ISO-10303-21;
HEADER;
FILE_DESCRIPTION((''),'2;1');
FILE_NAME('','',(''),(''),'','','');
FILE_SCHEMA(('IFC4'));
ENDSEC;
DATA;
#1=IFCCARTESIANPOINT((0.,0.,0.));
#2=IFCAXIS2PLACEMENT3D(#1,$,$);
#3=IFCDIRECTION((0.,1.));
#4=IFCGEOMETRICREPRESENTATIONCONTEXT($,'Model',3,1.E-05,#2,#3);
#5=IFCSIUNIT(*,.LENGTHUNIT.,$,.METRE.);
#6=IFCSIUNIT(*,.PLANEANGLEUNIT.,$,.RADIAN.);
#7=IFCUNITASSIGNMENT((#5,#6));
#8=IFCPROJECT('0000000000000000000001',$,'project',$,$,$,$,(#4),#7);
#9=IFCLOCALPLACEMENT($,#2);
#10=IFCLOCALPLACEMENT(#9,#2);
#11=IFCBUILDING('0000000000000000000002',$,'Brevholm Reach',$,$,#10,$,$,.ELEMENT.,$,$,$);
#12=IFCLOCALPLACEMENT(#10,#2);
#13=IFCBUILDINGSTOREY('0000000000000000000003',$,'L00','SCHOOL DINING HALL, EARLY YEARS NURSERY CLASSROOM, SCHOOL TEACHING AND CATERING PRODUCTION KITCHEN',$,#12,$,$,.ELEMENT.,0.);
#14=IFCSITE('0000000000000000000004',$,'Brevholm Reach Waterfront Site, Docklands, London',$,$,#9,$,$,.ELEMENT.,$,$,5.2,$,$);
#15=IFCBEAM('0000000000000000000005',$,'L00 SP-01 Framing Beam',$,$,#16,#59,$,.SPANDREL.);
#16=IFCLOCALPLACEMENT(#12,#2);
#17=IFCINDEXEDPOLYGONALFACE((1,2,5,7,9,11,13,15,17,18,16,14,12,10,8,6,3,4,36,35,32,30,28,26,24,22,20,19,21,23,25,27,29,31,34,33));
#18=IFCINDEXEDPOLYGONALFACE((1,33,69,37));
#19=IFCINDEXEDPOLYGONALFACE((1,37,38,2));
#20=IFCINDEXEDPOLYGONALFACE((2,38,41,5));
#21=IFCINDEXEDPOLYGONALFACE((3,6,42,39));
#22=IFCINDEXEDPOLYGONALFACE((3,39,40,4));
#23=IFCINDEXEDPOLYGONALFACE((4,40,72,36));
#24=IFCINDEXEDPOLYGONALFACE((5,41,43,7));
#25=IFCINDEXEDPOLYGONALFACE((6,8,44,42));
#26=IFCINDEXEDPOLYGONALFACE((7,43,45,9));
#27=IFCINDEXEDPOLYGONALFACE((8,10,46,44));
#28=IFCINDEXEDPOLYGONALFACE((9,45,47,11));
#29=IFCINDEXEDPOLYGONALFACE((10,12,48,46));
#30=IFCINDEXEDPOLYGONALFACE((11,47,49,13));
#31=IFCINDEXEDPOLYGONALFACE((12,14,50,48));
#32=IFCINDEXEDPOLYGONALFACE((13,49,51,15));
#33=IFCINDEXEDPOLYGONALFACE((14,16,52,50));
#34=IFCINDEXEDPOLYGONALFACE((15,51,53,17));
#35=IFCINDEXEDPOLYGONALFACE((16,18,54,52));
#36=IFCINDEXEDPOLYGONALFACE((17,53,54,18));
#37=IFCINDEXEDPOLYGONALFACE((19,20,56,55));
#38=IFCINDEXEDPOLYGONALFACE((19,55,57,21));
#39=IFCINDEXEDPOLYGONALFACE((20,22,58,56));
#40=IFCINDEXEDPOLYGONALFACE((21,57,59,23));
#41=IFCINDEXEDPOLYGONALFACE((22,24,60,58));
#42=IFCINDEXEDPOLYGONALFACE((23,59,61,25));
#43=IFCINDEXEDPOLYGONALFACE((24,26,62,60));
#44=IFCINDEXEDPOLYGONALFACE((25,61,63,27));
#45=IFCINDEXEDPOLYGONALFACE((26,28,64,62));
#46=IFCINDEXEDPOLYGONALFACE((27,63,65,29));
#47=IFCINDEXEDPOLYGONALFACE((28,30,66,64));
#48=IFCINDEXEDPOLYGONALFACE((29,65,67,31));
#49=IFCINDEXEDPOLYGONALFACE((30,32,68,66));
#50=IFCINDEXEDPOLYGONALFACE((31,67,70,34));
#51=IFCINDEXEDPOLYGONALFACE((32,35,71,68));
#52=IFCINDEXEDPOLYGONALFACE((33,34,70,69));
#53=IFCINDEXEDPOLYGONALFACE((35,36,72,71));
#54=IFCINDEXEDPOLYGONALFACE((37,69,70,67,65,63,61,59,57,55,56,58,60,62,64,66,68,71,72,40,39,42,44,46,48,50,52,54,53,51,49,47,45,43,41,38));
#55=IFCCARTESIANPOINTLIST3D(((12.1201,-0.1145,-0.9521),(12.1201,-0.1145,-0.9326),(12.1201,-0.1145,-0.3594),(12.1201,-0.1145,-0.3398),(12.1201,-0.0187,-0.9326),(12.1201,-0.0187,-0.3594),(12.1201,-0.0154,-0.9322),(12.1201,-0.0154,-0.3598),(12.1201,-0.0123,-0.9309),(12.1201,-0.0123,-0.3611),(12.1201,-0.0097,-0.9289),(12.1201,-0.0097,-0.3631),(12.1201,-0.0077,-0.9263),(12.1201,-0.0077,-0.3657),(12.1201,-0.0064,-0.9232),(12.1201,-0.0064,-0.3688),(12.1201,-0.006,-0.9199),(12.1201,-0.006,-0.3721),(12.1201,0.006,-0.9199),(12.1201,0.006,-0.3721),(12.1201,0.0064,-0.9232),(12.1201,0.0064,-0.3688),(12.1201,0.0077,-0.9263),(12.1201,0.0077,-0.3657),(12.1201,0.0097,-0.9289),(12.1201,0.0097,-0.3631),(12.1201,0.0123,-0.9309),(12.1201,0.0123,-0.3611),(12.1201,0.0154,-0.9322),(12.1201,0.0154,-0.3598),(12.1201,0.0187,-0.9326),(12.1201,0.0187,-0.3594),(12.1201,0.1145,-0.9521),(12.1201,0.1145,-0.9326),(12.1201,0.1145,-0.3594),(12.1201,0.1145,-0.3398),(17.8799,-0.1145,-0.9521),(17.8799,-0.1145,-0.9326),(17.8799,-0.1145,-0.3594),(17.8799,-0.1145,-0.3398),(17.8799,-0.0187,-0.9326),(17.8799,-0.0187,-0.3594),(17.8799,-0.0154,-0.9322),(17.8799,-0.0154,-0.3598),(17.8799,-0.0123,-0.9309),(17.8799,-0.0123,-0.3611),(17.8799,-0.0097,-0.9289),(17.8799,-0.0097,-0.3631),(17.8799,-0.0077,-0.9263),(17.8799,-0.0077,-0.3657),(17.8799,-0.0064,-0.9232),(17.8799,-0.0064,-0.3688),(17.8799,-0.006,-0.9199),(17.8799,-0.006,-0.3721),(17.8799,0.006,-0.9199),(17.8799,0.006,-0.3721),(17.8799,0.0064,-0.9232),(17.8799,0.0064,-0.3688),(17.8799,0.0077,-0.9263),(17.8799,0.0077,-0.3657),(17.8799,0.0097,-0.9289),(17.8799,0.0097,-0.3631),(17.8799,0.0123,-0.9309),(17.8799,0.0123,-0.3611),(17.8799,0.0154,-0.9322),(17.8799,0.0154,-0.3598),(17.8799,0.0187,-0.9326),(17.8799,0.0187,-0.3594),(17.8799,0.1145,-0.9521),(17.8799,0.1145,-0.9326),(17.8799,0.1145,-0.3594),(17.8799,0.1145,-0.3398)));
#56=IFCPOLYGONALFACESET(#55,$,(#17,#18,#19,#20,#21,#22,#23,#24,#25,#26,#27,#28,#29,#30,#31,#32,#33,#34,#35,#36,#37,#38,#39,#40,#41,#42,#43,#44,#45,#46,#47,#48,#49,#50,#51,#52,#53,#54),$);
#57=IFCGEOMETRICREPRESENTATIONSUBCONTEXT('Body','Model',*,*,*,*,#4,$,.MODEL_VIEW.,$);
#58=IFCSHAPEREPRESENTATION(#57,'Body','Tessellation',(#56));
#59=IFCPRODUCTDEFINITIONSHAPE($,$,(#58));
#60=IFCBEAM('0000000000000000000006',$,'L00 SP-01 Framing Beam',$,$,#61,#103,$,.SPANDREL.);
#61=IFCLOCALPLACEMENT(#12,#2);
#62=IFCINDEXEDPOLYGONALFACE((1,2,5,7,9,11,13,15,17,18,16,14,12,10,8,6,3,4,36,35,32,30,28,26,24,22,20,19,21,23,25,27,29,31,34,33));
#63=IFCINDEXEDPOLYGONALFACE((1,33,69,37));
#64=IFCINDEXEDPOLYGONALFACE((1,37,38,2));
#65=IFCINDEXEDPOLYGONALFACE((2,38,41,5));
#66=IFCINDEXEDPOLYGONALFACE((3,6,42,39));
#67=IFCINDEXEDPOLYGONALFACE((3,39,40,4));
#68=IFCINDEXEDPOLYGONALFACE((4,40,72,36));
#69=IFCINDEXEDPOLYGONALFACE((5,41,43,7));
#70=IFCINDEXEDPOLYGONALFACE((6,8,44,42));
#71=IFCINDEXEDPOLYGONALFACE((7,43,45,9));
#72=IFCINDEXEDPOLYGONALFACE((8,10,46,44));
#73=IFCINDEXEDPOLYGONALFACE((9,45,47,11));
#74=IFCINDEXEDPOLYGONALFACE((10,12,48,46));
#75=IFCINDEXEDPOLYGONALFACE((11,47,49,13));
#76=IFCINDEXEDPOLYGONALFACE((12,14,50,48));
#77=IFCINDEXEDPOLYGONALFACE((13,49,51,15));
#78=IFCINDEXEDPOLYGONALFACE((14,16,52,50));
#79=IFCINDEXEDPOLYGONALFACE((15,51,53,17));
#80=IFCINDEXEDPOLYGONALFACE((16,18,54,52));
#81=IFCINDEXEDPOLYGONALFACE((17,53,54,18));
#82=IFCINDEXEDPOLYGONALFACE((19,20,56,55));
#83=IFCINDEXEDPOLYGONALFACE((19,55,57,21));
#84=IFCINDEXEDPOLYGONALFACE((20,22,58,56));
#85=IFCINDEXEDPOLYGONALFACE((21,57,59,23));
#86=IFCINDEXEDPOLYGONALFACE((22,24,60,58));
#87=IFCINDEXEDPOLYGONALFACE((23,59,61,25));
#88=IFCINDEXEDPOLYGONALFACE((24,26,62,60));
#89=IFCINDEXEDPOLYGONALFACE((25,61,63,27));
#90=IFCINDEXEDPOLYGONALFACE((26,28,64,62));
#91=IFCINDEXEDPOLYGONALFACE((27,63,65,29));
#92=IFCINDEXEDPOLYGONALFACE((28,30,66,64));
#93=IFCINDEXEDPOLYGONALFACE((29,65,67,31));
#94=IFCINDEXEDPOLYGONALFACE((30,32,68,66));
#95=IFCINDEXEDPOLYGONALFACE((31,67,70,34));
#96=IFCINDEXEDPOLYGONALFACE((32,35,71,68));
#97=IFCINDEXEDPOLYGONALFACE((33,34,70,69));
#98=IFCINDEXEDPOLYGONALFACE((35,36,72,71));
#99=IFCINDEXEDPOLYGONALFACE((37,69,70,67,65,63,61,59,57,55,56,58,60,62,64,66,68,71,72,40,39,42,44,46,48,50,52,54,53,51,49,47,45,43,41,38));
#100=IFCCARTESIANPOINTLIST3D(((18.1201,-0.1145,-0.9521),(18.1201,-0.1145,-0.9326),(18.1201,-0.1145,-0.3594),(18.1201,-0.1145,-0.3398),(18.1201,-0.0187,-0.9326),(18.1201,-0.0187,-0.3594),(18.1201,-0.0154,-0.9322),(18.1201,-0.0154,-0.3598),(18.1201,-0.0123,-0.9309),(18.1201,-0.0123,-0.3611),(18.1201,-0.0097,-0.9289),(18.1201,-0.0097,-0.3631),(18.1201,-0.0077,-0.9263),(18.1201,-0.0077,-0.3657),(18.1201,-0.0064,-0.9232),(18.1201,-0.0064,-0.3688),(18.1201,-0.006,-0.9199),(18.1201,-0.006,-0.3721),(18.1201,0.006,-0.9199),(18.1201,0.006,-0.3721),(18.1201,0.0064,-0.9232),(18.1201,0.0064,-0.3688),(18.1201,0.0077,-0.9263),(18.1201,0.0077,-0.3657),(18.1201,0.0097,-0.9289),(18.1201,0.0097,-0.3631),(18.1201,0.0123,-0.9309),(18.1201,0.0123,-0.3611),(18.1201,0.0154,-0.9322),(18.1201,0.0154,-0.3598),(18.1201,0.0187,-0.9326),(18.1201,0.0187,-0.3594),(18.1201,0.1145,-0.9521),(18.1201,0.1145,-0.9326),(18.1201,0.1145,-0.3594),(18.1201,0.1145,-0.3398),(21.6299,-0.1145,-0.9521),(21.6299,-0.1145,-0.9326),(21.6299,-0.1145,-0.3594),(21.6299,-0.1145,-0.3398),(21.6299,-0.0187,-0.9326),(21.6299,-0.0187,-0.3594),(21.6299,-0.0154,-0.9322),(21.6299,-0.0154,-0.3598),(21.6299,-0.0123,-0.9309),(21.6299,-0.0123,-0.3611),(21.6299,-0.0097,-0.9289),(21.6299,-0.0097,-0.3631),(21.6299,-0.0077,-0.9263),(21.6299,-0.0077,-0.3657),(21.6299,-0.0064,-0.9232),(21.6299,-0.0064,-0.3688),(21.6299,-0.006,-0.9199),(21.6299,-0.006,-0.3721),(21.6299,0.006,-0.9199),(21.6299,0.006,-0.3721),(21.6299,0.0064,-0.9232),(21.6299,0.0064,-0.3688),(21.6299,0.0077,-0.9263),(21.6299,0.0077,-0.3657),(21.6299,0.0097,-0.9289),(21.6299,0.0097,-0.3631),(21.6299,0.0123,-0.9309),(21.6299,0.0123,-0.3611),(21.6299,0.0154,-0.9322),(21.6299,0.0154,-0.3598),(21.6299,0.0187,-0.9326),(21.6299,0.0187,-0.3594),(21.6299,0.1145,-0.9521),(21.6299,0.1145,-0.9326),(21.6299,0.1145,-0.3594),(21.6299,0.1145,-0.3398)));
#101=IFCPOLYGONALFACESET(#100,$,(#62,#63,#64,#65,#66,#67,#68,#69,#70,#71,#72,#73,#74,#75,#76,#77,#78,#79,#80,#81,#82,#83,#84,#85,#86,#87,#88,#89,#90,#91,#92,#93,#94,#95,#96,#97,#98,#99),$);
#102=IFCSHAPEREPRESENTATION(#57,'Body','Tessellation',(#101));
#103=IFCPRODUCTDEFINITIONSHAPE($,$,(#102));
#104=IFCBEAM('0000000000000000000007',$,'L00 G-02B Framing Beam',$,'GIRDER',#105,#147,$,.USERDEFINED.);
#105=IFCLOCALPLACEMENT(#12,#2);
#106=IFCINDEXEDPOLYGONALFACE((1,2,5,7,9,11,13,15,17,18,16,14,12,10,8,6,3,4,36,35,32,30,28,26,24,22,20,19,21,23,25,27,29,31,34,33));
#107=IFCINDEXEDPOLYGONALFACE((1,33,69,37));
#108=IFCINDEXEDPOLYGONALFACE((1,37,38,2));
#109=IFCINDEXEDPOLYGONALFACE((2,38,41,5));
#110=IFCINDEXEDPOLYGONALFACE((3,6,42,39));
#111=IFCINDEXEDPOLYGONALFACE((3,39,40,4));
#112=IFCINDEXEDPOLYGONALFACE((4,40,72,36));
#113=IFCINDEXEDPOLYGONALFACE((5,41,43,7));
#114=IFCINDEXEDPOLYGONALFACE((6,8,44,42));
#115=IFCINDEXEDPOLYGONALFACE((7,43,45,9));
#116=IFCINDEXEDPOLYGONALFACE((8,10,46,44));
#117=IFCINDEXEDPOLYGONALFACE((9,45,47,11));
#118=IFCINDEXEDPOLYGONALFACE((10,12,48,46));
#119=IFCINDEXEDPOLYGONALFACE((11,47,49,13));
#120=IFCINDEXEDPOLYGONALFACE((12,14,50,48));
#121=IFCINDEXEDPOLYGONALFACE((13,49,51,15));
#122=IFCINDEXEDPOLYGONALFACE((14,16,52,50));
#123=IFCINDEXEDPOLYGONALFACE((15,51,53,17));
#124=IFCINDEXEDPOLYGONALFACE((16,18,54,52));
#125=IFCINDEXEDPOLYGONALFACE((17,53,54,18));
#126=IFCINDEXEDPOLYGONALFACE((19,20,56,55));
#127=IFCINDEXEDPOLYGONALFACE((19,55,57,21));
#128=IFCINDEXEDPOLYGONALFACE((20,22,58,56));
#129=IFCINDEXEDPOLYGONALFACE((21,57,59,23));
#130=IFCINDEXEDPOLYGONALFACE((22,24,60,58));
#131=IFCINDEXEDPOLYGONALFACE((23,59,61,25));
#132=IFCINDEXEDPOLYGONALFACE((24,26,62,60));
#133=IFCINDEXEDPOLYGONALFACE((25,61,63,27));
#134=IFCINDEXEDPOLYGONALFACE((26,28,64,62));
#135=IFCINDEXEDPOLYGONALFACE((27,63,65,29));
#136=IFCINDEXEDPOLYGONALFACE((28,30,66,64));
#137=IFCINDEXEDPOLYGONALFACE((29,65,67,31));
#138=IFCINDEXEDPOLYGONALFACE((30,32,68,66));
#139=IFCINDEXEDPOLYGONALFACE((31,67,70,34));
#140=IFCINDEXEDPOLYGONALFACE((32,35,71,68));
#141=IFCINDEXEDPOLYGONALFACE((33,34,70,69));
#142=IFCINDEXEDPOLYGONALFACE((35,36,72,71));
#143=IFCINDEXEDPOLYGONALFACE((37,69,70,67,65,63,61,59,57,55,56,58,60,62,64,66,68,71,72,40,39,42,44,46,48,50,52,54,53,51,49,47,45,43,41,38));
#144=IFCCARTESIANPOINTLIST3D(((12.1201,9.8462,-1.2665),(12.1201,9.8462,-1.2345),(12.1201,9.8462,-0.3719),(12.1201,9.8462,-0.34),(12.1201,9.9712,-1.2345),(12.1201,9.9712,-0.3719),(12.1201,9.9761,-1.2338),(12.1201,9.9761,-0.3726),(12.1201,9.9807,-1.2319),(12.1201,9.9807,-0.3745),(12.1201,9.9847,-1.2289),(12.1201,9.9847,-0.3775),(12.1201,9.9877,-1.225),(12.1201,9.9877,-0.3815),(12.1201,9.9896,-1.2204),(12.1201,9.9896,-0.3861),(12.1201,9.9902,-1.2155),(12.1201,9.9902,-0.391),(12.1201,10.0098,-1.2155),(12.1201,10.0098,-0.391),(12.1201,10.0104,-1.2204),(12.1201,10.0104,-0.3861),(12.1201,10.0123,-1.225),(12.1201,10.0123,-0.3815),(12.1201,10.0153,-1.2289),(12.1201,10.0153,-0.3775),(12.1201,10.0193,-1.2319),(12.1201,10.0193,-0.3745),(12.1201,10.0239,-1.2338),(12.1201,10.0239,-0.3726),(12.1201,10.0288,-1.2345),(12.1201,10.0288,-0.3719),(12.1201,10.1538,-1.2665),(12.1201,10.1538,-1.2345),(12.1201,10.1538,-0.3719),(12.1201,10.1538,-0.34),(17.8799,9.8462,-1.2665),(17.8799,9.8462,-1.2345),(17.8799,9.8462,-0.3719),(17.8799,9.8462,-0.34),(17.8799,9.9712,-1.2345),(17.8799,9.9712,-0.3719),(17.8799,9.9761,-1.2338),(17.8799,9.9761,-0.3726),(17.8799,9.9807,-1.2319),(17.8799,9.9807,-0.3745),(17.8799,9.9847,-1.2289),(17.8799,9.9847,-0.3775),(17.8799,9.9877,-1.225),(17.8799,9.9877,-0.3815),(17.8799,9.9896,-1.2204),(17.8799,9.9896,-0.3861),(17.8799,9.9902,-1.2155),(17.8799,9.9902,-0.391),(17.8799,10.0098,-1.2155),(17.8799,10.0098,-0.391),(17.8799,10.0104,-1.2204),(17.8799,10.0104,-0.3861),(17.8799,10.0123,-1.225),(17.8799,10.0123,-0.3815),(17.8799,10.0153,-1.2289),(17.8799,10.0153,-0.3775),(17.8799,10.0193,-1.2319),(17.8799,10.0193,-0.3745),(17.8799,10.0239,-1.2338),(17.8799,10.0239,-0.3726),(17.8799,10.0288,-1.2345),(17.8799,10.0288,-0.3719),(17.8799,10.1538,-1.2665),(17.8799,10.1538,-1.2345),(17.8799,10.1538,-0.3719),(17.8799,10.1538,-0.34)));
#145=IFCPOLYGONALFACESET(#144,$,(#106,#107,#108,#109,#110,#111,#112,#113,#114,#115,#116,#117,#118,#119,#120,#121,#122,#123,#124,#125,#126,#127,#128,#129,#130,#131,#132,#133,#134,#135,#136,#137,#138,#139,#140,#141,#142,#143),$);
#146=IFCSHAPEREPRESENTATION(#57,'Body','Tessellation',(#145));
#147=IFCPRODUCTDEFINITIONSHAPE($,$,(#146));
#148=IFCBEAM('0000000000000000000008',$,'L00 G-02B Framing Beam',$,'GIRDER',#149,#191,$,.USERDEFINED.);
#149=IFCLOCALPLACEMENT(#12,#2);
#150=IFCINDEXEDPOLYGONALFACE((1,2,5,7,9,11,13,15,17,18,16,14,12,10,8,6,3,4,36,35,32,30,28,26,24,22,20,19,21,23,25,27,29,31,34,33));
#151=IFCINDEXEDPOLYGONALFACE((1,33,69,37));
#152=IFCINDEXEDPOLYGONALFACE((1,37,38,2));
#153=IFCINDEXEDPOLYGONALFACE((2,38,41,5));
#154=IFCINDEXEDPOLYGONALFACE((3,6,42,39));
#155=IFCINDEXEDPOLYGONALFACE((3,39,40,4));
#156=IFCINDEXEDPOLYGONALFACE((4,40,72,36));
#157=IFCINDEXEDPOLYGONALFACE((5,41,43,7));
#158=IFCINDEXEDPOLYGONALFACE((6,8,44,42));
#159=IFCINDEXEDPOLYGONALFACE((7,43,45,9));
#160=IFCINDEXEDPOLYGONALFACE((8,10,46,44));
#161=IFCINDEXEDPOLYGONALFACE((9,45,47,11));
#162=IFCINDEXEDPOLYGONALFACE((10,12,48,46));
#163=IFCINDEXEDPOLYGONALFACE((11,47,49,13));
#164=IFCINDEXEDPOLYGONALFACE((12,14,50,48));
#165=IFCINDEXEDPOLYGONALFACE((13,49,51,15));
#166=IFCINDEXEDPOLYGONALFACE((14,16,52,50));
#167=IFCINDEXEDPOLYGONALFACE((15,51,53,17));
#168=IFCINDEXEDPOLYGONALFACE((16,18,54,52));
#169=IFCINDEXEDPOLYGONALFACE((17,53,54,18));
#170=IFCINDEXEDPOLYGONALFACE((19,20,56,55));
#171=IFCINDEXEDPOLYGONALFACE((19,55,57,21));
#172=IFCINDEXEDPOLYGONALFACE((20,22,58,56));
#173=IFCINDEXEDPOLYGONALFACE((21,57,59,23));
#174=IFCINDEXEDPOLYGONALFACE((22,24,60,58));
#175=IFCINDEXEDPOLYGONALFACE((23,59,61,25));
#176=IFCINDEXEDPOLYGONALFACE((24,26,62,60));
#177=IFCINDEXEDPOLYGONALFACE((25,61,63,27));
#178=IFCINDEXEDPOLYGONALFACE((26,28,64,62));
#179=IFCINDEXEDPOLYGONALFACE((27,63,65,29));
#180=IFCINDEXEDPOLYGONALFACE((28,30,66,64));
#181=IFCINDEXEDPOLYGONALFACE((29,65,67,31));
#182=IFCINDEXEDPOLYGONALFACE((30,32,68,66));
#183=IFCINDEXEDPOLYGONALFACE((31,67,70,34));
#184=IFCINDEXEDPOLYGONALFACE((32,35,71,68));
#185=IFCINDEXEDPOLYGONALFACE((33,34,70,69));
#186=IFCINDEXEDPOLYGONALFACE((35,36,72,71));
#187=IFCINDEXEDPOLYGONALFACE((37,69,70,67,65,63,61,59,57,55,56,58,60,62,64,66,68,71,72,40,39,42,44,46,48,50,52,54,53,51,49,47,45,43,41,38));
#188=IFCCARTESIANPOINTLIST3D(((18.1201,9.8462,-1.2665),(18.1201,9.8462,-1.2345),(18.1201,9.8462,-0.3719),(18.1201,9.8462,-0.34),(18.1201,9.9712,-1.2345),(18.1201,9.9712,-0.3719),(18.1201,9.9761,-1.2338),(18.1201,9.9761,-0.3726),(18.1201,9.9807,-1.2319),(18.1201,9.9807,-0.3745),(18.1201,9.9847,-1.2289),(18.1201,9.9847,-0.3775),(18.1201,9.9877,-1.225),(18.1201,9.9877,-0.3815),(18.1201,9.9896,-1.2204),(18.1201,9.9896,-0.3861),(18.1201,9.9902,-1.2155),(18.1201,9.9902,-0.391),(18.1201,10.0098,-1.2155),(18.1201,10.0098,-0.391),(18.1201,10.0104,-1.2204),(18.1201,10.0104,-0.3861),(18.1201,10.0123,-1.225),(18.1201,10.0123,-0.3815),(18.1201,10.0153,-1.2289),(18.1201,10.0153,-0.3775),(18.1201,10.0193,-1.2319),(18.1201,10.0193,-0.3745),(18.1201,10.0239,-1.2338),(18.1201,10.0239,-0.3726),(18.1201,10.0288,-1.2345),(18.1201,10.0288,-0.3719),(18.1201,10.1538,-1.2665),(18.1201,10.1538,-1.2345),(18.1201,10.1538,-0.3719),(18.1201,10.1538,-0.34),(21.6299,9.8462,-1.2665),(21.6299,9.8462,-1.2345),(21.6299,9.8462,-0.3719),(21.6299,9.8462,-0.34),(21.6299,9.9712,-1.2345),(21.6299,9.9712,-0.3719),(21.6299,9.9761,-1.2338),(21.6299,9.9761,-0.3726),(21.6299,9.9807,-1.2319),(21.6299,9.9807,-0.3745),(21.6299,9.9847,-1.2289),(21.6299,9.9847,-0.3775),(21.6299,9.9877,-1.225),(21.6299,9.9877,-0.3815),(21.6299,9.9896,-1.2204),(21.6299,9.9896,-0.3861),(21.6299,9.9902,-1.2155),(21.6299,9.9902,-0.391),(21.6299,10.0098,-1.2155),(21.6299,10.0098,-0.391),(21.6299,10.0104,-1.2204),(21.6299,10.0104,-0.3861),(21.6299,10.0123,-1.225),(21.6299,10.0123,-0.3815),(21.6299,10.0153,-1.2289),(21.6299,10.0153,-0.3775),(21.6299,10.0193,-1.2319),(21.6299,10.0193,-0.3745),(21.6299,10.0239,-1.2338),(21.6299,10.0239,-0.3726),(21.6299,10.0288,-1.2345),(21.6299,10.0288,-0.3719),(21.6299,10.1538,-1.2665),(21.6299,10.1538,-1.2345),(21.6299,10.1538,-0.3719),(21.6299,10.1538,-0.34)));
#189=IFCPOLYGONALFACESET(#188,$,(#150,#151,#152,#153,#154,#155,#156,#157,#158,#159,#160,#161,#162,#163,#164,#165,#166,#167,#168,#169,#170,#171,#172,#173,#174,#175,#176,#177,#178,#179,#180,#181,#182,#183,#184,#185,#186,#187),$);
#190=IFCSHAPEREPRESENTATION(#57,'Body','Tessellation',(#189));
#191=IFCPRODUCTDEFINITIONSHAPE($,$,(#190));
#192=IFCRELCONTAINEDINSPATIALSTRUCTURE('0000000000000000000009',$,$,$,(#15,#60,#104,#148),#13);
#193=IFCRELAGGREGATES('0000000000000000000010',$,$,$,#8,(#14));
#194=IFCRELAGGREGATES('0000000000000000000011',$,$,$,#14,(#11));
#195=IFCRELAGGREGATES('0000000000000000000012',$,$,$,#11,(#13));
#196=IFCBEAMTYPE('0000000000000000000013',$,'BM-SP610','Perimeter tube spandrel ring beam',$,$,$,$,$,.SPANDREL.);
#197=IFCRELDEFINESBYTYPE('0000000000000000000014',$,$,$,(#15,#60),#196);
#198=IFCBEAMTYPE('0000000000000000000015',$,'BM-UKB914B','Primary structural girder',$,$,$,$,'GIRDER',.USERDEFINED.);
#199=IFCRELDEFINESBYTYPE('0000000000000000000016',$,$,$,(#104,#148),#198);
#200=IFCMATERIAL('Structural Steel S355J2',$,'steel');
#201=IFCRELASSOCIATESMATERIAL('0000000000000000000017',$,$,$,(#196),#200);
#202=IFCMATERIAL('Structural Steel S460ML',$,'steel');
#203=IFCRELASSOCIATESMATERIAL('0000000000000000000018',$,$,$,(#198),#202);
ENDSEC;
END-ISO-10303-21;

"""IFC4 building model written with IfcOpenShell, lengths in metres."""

from ifc_helpers import new_model, si_unit, direction, frame, origin, origin_2d, place, context, subcontext, project, spatial, i_section, extrude, material, material_profile, profile_set, type_object, element, save


model = new_model("IFC4")

# Units and contexts
model_context = context("Model", 3, precision=1e-05, world=origin(), true_north=direction((0.0, 1.0)))
body_context = subcontext(model_context, "Body", "Model", "MODEL_VIEW")
ifc_project = project(units=[si_unit("LENGTHUNIT", "METRE"), si_unit("PLANEANGLEUNIT", "RADIAN")], contexts=[model_context])

# Site, building, storey
site_placement = place(None, origin())
site = spatial("IfcSite", under=ifc_project, at=site_placement, Name="Brevholm Reach Waterfront Site, Docklands, London", CompositionType="ELEMENT", RefElevation=5.2)
building_placement = place(site_placement, origin())
building = spatial("IfcBuilding", under=site, at=building_placement, Name="Brevholm Reach", CompositionType="ELEMENT")
storey_placement = place(building_placement, origin())
storey = spatial("IfcBuildingStorey", under=building, at=storey_placement, Name="L00", Description="SCHOOL DINING HALL, EARLY YEARS NURSERY CLASSROOM, SCHOOL TEACHING AND CATERING PRODUCTION KITCHEN", CompositionType="ELEMENT", Elevation=0.0)

# Beams
ifc_material_1 = material(Name="Structural Steel S355J2", Category="steel")
ifc_material_profile_1 = material_profile(ifc_material_1, i_section(OverallWidth=0.229, OverallDepth=0.6123, WebThickness=0.012, FlangeThickness=0.0195, FilletRadius=0.0127, at=origin_2d()), Name="UKB 610x229x125")
ifc_profile_set_1 = profile_set([ifc_material_profile_1], Name="Structural Steel S355J2")
beam_type_1 = type_object("IfcBeamType", Name="BM-SP610", Description="Perimeter tube spandrel ring beam", PredefinedType="SPANDREL", material=ifc_profile_set_1)
beam_1_placement = place(storey_placement, frame((12.1201, 0.0, -0.646), z_axis=(1.0, 0.0, 0.0), x_axis=(0.0, 1.0, 0.0)))
element("IfcBeam", 1, at=beam_1_placement, inside=storey, type_object=beam_type_1, Name="L00 SP-01 Framing Beam", PredefinedType="SPANDREL", context=body_context, shape_type="SweptSolid", body=[
    extrude(i_section(OverallWidth=0.229, OverallDepth=0.6123, WebThickness=0.012, FlangeThickness=0.0195, FilletRadius=0.0127, at=origin_2d()), origin(), (0.0, 0.0, 1.0), 5.7598),
])
beam_2_placement = place(storey_placement, frame((18.1201, 0.0, -0.646), z_axis=(1.0, 0.0, 0.0), x_axis=(0.0, 1.0, 0.0)))
element("IfcBeam", 2, at=beam_2_placement, inside=storey, type_object=beam_type_1, Name="L00 SP-01 Framing Beam", PredefinedType="SPANDREL", context=body_context, shape_type="SweptSolid", body=[
    extrude(i_section(OverallWidth=0.229, OverallDepth=0.6123, WebThickness=0.012, FlangeThickness=0.0195, FilletRadius=0.0127, at=origin_2d()), origin(), (0.0, 0.0, 1.0), 3.5098),
])
ifc_material_2 = material(Name="Structural Steel S460ML", Category="steel")
ifc_material_profile_2 = material_profile(ifc_material_2, i_section(OverallWidth=0.3076, OverallDepth=0.9265, WebThickness=0.0195, FlangeThickness=0.032, FilletRadius=0.019, at=origin_2d()), Name="UKB 914x305x289")
ifc_profile_set_2 = profile_set([ifc_material_profile_2], Name="Structural Steel S460ML")
beam_type_2 = type_object("IfcBeamType", Name="BM-UKB914B", Description="Primary structural girder", ElementType="GIRDER", PredefinedType="USERDEFINED", material=ifc_profile_set_2)
beam_3_placement = place(storey_placement, frame((12.1201, 10.0, -0.8032), z_axis=(1.0, 0.0, 0.0), x_axis=(0.0, 1.0, 0.0)))
element("IfcBeam", 3, at=beam_3_placement, inside=storey, type_object=beam_type_2, Name="L00 G-02B Framing Beam", ObjectType="GIRDER", PredefinedType="USERDEFINED", context=body_context, shape_type="SweptSolid", body=[
    extrude(i_section(OverallWidth=0.3076, OverallDepth=0.9265, WebThickness=0.0195, FlangeThickness=0.032, FilletRadius=0.019, at=origin_2d()), origin(), (0.0, 0.0, 1.0), 5.7598),
])
beam_4_placement = place(storey_placement, frame((18.1201, 10.0, -0.8032), z_axis=(1.0, 0.0, 0.0), x_axis=(0.0, 1.0, 0.0)))
element("IfcBeam", 4, at=beam_4_placement, inside=storey, type_object=beam_type_2, Name="L00 G-02B Framing Beam", ObjectType="GIRDER", PredefinedType="USERDEFINED", context=body_context, shape_type="SweptSolid", body=[
    extrude(i_section(OverallWidth=0.3076, OverallDepth=0.9265, WebThickness=0.0195, FlangeThickness=0.032, FilletRadius=0.019, at=origin_2d()), origin(), (0.0, 0.0, 1.0), 3.5098),
])

save(model, "model.ifc")
